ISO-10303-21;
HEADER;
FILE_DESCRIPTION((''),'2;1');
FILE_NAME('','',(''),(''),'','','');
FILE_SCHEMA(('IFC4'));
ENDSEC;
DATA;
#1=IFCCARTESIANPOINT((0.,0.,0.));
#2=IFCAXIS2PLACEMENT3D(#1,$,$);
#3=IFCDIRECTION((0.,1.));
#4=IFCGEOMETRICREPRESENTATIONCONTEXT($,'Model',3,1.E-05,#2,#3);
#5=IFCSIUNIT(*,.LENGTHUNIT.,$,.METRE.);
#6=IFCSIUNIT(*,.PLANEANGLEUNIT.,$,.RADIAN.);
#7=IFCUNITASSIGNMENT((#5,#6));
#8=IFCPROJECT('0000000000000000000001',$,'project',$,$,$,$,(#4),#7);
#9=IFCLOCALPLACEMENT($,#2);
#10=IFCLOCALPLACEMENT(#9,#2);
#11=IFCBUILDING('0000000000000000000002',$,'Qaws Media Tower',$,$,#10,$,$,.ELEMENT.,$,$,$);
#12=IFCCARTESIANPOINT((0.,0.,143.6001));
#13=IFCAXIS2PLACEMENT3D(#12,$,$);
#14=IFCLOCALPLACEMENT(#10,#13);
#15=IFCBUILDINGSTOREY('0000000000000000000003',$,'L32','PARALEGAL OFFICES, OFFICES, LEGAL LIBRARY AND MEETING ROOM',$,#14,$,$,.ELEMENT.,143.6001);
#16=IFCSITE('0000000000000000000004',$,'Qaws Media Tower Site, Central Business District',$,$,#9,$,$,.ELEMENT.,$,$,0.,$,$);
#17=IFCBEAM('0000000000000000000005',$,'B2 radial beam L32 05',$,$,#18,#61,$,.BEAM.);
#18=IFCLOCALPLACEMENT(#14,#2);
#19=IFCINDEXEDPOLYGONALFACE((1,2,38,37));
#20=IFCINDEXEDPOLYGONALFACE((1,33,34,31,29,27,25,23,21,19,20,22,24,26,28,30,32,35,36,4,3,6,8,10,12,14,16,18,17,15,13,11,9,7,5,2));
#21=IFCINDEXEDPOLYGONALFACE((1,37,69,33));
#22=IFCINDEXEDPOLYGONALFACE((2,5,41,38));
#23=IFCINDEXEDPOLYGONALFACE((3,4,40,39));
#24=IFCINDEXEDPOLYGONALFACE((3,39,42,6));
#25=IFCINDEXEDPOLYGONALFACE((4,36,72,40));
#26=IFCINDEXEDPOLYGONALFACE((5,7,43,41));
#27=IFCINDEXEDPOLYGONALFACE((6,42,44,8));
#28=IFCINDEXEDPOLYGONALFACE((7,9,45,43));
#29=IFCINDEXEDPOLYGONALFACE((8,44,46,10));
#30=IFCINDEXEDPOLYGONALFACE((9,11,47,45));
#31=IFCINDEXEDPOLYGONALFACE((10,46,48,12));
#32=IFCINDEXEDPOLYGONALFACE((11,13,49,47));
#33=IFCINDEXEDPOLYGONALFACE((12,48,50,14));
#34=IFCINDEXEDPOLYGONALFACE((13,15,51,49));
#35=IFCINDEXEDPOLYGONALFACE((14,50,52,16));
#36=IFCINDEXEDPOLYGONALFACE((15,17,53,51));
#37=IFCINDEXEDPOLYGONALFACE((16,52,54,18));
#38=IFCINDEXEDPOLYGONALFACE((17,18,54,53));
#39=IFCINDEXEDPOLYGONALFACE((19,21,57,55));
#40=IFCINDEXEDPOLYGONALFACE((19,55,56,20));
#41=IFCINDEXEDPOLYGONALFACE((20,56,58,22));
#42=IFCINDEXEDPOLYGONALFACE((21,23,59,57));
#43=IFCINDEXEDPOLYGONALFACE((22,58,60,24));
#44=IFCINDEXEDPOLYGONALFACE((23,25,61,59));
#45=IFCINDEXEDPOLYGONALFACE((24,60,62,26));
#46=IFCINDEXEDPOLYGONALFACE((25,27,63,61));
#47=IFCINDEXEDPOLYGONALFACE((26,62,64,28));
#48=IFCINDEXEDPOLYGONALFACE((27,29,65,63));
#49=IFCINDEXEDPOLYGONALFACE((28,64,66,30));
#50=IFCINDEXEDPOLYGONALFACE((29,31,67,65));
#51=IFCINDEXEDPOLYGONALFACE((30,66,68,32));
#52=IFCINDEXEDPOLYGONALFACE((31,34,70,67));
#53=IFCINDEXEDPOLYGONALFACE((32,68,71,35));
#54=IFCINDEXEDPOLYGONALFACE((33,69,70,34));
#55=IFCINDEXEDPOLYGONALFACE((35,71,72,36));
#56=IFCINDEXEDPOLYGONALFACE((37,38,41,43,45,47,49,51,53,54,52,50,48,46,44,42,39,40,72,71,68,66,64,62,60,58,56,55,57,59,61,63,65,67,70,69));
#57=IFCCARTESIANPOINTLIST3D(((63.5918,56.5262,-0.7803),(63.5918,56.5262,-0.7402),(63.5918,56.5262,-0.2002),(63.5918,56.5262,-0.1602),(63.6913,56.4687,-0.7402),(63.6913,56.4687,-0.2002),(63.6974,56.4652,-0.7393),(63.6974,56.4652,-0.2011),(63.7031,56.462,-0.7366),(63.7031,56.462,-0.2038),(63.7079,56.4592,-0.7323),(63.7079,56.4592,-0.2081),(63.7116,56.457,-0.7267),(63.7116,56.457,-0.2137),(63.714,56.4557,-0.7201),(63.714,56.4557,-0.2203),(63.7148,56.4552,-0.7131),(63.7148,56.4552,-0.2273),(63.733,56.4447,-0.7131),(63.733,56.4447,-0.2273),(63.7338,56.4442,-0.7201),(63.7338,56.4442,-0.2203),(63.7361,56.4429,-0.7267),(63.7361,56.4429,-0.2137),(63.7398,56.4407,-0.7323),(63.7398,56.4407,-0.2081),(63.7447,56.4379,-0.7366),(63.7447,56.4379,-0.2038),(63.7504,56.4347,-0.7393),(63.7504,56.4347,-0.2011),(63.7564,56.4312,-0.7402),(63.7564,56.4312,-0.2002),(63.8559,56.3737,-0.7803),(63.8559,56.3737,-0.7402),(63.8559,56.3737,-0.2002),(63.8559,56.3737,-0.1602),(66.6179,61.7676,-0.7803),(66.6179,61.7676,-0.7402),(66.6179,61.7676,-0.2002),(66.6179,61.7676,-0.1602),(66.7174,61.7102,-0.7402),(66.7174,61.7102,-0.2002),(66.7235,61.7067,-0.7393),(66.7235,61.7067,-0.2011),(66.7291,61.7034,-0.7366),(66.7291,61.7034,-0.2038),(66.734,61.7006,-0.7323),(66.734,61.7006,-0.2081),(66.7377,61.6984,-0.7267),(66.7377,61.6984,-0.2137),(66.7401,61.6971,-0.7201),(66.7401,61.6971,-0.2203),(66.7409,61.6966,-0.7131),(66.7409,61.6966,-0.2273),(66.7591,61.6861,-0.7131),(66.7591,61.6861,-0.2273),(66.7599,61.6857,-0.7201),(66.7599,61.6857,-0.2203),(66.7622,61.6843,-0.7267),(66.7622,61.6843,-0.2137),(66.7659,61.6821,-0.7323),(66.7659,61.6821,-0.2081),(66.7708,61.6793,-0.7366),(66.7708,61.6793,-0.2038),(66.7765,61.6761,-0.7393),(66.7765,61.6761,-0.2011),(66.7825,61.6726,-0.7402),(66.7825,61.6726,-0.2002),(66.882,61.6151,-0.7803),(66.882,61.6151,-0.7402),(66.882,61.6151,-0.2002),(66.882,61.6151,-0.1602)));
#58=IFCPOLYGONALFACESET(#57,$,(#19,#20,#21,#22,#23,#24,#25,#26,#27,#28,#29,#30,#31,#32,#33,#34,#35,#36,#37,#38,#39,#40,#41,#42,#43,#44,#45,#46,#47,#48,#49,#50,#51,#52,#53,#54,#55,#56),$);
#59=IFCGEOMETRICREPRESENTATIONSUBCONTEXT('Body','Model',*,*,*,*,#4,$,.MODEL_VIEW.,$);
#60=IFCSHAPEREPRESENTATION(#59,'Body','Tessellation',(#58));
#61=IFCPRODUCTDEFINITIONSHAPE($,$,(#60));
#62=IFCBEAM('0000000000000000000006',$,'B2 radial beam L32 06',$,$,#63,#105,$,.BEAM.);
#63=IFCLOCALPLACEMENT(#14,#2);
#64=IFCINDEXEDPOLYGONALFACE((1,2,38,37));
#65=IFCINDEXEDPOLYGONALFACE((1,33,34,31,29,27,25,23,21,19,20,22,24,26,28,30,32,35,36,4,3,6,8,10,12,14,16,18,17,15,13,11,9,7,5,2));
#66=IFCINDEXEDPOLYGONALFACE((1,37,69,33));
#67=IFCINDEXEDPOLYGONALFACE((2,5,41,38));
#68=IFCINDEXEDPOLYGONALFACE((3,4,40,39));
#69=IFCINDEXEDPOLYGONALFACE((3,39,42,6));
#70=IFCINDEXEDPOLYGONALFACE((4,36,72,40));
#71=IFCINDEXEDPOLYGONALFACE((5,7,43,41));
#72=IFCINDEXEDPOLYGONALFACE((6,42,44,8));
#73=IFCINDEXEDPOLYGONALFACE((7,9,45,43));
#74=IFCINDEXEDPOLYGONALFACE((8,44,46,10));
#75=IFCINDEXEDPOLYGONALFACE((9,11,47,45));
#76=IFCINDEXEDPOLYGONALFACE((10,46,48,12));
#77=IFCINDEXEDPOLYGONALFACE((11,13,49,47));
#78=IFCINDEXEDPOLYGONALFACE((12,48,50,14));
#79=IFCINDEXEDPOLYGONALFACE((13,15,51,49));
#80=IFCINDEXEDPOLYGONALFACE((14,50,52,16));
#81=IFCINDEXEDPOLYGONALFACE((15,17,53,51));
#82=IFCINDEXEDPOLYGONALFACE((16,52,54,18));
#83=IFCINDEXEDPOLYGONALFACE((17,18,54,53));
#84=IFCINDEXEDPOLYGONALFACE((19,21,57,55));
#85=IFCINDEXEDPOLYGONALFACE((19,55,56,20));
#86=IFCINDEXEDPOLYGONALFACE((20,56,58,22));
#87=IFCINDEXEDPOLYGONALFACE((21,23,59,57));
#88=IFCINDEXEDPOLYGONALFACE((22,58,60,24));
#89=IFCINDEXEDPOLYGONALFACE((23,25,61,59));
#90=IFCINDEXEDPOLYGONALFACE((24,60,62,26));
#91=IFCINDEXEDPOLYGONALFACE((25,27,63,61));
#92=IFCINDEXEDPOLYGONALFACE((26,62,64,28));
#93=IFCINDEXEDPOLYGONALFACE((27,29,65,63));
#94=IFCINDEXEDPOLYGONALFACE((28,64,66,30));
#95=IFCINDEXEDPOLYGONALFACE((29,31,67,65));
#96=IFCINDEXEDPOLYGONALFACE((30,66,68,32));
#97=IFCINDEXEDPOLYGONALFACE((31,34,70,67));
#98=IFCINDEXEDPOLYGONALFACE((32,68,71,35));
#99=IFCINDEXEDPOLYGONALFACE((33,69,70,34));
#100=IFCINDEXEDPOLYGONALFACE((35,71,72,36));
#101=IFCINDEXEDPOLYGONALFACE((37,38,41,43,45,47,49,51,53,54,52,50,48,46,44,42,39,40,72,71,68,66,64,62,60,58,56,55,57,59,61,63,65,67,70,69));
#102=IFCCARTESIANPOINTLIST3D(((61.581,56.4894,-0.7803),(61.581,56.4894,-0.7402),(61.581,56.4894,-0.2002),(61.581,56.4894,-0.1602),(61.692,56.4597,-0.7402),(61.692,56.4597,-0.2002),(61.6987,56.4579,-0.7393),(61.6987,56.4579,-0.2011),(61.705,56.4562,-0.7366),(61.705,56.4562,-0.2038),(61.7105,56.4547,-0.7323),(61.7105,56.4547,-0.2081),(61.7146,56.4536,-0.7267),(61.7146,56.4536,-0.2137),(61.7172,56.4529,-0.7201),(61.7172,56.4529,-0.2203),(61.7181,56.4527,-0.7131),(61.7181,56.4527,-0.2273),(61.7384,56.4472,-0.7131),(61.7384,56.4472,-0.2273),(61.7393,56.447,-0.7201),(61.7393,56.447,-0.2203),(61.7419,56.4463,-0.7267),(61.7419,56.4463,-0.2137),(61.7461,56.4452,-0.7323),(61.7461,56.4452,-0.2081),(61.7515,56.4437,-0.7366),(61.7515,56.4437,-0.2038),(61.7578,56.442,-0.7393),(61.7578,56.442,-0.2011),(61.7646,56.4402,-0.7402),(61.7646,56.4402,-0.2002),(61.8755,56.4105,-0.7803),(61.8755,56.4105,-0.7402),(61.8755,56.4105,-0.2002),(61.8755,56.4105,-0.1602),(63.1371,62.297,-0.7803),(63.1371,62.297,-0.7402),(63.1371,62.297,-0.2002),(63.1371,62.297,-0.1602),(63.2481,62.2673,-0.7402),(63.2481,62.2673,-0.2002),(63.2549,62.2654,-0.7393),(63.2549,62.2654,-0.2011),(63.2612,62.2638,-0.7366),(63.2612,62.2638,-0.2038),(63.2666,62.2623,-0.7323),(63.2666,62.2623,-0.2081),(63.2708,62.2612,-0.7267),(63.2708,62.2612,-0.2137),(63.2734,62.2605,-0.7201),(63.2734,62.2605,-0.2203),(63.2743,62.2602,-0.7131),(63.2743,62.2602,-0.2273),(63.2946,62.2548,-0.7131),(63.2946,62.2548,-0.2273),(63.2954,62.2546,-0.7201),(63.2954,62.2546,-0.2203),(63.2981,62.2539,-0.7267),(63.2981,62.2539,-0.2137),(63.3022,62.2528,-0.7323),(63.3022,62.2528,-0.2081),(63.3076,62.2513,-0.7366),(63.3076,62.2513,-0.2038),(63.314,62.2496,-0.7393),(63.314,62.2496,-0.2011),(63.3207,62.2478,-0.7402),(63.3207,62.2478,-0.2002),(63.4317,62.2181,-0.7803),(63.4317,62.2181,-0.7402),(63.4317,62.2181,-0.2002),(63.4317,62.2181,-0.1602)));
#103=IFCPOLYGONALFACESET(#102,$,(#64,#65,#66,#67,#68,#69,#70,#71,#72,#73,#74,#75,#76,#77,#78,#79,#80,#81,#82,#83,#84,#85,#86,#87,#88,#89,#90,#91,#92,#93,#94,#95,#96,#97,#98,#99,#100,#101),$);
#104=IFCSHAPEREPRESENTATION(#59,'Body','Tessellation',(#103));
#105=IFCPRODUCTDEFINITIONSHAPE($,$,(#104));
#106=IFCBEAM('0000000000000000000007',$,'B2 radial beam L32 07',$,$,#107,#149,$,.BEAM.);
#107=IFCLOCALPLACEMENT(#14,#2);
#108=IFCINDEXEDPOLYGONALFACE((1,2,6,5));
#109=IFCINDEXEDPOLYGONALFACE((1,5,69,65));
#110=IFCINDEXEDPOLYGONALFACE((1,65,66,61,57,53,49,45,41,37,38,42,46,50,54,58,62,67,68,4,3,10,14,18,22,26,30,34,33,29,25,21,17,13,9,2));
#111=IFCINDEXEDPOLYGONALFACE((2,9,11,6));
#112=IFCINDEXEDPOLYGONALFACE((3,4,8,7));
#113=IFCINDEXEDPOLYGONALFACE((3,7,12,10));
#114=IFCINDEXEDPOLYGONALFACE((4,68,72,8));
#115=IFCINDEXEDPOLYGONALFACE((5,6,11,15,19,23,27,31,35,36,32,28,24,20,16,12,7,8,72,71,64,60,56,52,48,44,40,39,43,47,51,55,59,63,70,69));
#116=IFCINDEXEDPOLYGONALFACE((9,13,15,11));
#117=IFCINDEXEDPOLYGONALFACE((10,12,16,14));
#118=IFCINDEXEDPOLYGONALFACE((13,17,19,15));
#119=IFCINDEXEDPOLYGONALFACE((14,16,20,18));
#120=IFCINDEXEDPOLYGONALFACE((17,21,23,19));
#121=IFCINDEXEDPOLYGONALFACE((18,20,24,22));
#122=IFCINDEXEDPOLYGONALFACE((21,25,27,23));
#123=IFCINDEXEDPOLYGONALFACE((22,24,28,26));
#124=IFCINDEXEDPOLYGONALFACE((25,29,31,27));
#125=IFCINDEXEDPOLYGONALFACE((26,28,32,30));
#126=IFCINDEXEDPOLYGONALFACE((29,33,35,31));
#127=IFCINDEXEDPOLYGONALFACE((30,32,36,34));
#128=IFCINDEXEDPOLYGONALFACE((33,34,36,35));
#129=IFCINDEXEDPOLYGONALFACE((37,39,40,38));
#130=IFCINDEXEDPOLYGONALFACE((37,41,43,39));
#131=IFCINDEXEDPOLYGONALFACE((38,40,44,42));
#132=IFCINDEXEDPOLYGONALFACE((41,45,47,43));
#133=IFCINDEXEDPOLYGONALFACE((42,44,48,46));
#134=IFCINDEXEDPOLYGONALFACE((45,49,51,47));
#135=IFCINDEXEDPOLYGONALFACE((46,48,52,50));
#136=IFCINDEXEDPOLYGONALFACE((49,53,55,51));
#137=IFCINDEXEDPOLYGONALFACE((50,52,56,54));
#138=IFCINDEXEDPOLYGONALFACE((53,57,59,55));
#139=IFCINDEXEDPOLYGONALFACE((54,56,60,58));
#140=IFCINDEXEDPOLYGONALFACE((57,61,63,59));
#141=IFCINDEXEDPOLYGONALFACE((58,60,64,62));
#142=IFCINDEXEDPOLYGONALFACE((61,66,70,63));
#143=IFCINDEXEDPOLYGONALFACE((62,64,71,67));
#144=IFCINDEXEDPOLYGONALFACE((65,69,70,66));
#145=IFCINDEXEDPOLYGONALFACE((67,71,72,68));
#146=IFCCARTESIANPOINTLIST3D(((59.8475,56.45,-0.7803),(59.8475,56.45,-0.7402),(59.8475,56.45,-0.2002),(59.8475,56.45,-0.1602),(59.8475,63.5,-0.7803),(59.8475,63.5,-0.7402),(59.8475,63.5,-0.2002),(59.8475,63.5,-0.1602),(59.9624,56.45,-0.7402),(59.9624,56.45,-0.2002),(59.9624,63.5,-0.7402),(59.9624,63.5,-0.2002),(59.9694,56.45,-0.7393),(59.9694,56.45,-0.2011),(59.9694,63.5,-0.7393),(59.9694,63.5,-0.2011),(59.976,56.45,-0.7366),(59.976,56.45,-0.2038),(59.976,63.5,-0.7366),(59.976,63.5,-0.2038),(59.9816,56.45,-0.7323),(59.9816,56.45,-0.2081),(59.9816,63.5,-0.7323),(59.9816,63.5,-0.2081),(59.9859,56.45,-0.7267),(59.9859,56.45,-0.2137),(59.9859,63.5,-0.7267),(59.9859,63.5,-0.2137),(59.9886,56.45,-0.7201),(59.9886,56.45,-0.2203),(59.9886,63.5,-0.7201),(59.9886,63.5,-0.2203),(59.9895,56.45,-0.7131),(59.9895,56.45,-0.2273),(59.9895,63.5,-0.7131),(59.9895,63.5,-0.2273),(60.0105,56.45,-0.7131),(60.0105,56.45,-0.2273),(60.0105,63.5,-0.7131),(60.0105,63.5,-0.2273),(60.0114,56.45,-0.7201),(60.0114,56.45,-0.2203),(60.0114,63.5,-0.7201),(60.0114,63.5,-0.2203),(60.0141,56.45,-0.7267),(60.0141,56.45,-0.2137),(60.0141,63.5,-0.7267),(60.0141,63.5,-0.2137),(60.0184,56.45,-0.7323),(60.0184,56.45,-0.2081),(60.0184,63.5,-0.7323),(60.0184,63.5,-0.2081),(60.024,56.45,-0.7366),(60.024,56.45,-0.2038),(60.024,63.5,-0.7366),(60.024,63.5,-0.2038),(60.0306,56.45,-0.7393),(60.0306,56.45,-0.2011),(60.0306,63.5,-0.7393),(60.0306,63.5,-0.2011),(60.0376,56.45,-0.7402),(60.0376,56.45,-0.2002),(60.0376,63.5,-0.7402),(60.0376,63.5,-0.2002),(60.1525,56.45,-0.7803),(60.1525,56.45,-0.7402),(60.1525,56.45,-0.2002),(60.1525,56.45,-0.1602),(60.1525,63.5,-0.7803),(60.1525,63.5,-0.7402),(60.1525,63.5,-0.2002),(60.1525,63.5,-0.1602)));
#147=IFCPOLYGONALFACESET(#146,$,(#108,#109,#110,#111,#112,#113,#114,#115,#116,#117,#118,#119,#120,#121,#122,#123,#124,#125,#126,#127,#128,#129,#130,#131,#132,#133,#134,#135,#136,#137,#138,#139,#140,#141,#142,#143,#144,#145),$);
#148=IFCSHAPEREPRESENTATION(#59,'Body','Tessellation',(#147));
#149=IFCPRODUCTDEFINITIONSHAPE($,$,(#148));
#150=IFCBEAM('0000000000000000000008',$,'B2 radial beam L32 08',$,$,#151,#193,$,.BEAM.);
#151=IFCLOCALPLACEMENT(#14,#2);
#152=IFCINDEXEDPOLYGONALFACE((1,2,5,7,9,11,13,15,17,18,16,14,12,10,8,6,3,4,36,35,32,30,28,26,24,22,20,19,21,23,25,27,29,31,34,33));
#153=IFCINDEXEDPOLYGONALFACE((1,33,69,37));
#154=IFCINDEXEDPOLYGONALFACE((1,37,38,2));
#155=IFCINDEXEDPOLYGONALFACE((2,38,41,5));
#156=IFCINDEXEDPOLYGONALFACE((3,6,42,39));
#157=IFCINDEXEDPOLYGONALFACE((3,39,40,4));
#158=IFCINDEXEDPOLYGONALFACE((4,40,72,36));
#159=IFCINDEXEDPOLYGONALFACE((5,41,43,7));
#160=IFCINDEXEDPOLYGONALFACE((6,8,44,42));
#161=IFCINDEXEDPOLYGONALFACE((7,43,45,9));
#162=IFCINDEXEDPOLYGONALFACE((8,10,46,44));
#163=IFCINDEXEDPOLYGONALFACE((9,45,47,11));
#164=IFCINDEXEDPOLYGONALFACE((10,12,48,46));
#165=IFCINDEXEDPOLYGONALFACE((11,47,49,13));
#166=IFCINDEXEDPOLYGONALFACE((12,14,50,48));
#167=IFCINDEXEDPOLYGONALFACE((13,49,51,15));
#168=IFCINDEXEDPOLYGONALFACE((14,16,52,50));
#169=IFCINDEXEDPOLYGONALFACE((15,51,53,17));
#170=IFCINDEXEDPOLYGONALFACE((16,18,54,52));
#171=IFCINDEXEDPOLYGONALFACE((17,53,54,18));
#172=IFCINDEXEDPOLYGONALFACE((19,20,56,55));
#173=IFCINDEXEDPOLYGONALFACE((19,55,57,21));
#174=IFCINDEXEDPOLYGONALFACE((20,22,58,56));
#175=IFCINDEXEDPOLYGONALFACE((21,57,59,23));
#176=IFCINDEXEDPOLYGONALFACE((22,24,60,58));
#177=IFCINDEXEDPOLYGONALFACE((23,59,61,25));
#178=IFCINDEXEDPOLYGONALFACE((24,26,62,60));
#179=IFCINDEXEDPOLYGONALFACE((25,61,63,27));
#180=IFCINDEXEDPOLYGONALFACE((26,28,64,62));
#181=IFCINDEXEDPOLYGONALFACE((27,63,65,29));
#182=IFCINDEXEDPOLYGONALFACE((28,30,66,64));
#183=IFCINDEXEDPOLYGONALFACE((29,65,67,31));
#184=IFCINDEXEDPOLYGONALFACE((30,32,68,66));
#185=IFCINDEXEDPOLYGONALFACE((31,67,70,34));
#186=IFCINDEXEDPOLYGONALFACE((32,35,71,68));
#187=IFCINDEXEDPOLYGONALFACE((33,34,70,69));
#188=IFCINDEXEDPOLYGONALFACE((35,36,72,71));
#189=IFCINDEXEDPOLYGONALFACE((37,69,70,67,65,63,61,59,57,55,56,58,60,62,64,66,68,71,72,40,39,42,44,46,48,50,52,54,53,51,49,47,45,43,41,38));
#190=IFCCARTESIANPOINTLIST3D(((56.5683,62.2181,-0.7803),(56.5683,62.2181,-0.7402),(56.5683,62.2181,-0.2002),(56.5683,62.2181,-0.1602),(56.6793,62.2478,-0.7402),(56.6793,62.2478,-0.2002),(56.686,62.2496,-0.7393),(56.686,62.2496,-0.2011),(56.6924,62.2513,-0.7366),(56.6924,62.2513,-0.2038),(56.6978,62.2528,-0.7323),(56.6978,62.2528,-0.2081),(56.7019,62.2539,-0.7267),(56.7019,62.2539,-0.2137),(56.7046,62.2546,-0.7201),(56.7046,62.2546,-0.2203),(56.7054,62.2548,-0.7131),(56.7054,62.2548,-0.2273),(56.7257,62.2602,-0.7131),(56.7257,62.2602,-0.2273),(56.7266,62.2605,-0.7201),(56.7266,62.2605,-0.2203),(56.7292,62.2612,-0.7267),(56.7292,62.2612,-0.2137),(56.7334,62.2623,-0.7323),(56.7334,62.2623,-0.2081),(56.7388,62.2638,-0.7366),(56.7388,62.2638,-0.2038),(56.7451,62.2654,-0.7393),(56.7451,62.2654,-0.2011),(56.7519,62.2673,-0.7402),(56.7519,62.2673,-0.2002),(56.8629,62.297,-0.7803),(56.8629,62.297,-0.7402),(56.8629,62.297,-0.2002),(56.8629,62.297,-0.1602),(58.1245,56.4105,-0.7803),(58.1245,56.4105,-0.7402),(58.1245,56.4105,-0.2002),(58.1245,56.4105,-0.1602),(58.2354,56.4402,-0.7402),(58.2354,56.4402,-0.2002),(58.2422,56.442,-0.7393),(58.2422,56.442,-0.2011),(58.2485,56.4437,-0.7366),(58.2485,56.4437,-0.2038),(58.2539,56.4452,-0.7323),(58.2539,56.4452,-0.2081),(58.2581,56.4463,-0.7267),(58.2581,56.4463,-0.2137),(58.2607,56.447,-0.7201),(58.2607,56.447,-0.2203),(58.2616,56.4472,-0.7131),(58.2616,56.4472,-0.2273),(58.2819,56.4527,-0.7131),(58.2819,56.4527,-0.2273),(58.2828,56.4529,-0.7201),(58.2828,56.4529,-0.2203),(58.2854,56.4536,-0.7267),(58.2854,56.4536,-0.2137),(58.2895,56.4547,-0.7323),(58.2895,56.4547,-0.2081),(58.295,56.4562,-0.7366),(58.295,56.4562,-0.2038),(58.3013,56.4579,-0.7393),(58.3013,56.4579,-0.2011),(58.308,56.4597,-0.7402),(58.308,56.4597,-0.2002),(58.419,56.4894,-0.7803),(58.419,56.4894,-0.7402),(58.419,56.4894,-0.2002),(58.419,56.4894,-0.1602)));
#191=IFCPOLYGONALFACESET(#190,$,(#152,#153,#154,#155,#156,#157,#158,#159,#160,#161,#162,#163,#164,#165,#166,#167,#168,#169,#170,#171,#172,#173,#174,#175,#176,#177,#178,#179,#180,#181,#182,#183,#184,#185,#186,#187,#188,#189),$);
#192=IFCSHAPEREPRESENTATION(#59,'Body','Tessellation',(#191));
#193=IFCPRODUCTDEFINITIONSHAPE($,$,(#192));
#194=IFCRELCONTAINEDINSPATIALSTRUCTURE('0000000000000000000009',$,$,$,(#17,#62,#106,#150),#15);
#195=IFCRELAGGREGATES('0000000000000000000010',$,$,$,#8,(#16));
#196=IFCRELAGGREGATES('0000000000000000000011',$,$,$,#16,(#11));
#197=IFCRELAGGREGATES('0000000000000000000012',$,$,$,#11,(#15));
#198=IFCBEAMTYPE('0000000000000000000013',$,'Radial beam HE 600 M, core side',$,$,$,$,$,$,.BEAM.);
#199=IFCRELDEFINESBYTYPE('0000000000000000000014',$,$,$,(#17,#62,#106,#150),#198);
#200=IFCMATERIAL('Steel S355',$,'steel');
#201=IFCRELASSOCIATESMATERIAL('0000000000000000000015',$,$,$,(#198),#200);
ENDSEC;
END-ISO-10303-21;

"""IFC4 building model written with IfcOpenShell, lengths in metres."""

from ifc_helpers import new_model, si_unit, direction, frame, origin, origin_2d, place, context, subcontext, project, spatial, i_section, extrude, material, material_profile, profile_set, type_object, element, save


model = new_model("IFC4")

# Units and contexts
model_context = context("Model", 3, precision=1e-05, world=origin(), true_north=direction((0.0, 1.0)))
body_context = subcontext(model_context, "Body", "Model", "MODEL_VIEW")
ifc_project = project(units=[si_unit("LENGTHUNIT", "METRE"), si_unit("PLANEANGLEUNIT", "RADIAN")], contexts=[model_context])

# Site, building, storey
site_placement = place(None, origin())
site = spatial("IfcSite", under=ifc_project, at=site_placement, Name="Qaws Media Tower Site, Central Business District", CompositionType="ELEMENT", RefElevation=0.0)
building_placement = place(site_placement, origin())
building = spatial("IfcBuilding", under=site, at=building_placement, Name="Qaws Media Tower", CompositionType="ELEMENT")
storey_placement = place(building_placement, frame((0.0, 0.0, 143.6001)))
storey = spatial("IfcBuildingStorey", under=building, at=storey_placement, Name="L32", Description="PARALEGAL OFFICES, OFFICES, LEGAL LIBRARY AND MEETING ROOM", CompositionType="ELEMENT", Elevation=143.6001)

# Beams
ifc_material_1 = material(Name="Steel S355", Category="steel")
ifc_material_profile = material_profile(ifc_material_1, i_section(OverallWidth=0.3049, OverallDepth=0.6201, WebThickness=0.021, FlangeThickness=0.04, FilletRadius=0.0271, at=origin_2d()), Name="HE 600 M")
ifc_profile_set = profile_set([ifc_material_profile], Name="Steel S355")
beam_type = type_object("IfcBeamType", Name="Radial beam HE 600 M, core side", PredefinedType="BEAM", material=ifc_profile_set)
beam_1_placement = place(storey_placement, frame((63.7239, 56.45, -0.4702), z_axis=(0.499996, 0.866028, 0.0), x_axis=(-0.866028, 0.499996, 0.0)))
element("IfcBeam", 1, at=beam_1_placement, inside=storey, type_object=beam_type, Name="B2 radial beam L32 05", PredefinedType="BEAM", context=body_context, shape_type="SweptSolid", body=[
    extrude(i_section(OverallWidth=0.3049, OverallDepth=0.6201, WebThickness=0.021, FlangeThickness=0.04, FilletRadius=0.0271, at=origin_2d()), origin(), (0.0, 0.0, 1.0), 6.0522),
])
beam_2_placement = place(storey_placement, frame((61.7283, 56.45, -0.4702), z_axis=(0.25882, 0.965926, 0.0), x_axis=(-0.965926, 0.25882, 0.0)))
element("IfcBeam", 2, at=beam_2_placement, inside=storey, type_object=beam_type, Name="B2 radial beam L32 06", PredefinedType="BEAM", context=body_context, shape_type="SweptSolid", body=[
    extrude(i_section(OverallWidth=0.3049, OverallDepth=0.6201, WebThickness=0.021, FlangeThickness=0.04, FilletRadius=0.0271, at=origin_2d()), origin(), (0.0, 0.0, 1.0), 6.0125),
])
beam_3_placement = place(storey_placement, frame((60.0, 56.45, -0.4702), z_axis=(0.0, 1.0, 0.0), x_axis=(-1.0, 0.0, 0.0)))
element("IfcBeam", 3, at=beam_3_placement, inside=storey, type_object=beam_type, Name="B2 radial beam L32 07", PredefinedType="BEAM", context=body_context, shape_type="SweptSolid", body=[
    extrude(i_section(OverallWidth=0.3049, OverallDepth=0.6201, WebThickness=0.021, FlangeThickness=0.04, FilletRadius=0.0271, at=origin_2d()), origin(), (0.0, 0.0, 1.0), 7.05),
])
beam_4_placement = place(storey_placement, frame((58.2717, 56.45, -0.4702), z_axis=(-0.25882, 0.965926, 0.0), x_axis=(-0.965926, -0.25882, 0.0)))
element("IfcBeam", 4, at=beam_4_placement, inside=storey, type_object=beam_type, Name="B2 radial beam L32 08", PredefinedType="BEAM", context=body_context, shape_type="SweptSolid", body=[
    extrude(i_section(OverallWidth=0.3049, OverallDepth=0.6201, WebThickness=0.021, FlangeThickness=0.04, FilletRadius=0.0271, at=origin_2d()), origin(), (0.0, 0.0, 1.0), 6.0125),
])

save(model, "model.ifc")
